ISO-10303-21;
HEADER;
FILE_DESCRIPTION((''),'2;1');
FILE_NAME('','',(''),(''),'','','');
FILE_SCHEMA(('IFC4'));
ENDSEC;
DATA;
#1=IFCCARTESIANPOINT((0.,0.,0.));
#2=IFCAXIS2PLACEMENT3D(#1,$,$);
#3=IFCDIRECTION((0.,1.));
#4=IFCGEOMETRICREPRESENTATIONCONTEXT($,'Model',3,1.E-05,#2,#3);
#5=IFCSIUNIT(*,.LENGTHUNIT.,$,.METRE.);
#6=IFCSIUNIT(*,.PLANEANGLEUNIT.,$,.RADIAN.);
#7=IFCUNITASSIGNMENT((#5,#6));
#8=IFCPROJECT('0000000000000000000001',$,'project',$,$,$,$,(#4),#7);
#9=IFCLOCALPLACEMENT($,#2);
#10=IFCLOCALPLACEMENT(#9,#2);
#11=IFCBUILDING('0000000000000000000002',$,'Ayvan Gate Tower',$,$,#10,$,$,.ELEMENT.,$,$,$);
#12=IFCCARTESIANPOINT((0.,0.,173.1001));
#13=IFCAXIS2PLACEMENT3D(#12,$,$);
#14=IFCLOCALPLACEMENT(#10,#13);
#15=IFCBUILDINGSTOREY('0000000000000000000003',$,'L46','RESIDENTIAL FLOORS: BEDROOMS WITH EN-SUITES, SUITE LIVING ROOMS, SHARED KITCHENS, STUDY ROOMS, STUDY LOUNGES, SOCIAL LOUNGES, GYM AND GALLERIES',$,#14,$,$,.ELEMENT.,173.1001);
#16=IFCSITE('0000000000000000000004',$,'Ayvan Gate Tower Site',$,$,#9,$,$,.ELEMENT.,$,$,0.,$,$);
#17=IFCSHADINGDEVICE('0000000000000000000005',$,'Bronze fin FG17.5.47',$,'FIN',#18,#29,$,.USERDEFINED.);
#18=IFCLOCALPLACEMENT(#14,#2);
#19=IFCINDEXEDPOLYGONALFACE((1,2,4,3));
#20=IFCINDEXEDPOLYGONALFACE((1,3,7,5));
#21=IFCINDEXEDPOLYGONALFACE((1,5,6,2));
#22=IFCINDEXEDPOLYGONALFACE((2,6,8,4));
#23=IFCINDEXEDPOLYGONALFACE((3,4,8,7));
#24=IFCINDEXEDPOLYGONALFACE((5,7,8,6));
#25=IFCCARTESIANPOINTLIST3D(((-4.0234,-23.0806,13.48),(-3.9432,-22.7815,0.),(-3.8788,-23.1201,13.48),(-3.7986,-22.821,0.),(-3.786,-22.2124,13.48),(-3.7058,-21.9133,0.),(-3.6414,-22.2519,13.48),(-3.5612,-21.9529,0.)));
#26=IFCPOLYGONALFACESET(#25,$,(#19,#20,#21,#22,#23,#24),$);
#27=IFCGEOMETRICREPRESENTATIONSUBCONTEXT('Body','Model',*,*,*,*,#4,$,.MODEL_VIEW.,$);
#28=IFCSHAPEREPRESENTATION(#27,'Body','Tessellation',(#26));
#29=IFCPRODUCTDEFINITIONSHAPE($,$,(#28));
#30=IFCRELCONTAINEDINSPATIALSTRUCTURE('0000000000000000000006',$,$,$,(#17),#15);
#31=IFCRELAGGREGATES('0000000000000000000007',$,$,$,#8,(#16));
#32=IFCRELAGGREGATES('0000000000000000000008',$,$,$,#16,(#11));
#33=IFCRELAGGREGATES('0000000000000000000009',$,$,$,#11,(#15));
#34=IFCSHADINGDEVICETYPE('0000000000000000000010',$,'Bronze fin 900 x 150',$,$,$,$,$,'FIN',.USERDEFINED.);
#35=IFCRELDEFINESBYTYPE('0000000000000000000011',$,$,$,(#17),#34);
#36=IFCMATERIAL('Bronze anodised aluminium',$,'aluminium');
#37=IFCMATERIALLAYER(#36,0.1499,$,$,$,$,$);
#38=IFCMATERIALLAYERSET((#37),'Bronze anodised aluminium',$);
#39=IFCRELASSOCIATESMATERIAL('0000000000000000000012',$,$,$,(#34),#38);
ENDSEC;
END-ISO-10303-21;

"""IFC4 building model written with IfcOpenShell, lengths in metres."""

from ifc_helpers import new_model, si_unit, direction, frame, origin, place, context, subcontext, project, spatial, polyline, outline, extrude, material, layer, layer_set, type_object, element, save


model = new_model("IFC4")

# Units and contexts
model_context = context("Model", 3, precision=1e-05, world=origin(), true_north=direction((0.0, 1.0)))
body_context = subcontext(model_context, "Body", "Model", "MODEL_VIEW")
ifc_project = project(units=[si_unit("LENGTHUNIT", "METRE"), si_unit("PLANEANGLEUNIT", "RADIAN")], contexts=[model_context])

# Site, building, storey
site_placement = place(None, origin())
site = spatial("IfcSite", under=ifc_project, at=site_placement, Name="Ayvan Gate Tower Site", CompositionType="ELEMENT", RefElevation=0.0)
building_placement = place(site_placement, origin())
building = spatial("IfcBuilding", under=site, at=building_placement, Name="Ayvan Gate Tower", CompositionType="ELEMENT")
storey_placement = place(building_placement, frame((0.0, 0.0, 173.1001)))
storey = spatial("IfcBuildingStorey", under=building, at=storey_placement, Name="L46", Description="RESIDENTIAL FLOORS: BEDROOMS WITH EN-SUITES, SUITE LIVING ROOMS, SHARED KITCHENS, STUDY ROOMS, STUDY LOUNGES, SOCIAL LOUNGES, GYM AND GALLERIES", CompositionType="ELEMENT", Elevation=173.1001)

# Shared definitions
ifc_material_1 = material(Name="Bronze anodised aluminium", Category="aluminium")

# Shading device
ifc_layer_1 = layer(ifc_material_1, 0.1499)
ifc_layer_set_1 = layer_set([ifc_layer_1], Name="Bronze anodised aluminium")
shading_device_type = type_object("IfcShadingDeviceType", Name="Bronze fin 900 x 150", ElementType="FIN", PredefinedType="USERDEFINED", material=ifc_layer_set_1)
shading_device_1_placement = place(storey_placement, frame((-3.7058, -21.9133, 0.0), z_axis=(-0.964579, 0.263794, 0.000114), x_axis=(-0.263794, -0.964579, 0.0)))
element("IfcShadingDevice", 1, at=shading_device_1_placement, inside=storey, type_object=shading_device_type, Name="Bronze fin FG17.5.47", ObjectType="FIN", PredefinedType="USERDEFINED", context=body_context, shape_type="SweptSolid", body=[
    extrude(outline(polyline([(0.0, 0.0), (0.9, 0.0), (1.2097, 13.48), (0.3096, 13.48), (0.0, 0.0)])), origin(), (0.0, 0.0, -1.0), 0.1499),
])

save(model, "model.ifc")
